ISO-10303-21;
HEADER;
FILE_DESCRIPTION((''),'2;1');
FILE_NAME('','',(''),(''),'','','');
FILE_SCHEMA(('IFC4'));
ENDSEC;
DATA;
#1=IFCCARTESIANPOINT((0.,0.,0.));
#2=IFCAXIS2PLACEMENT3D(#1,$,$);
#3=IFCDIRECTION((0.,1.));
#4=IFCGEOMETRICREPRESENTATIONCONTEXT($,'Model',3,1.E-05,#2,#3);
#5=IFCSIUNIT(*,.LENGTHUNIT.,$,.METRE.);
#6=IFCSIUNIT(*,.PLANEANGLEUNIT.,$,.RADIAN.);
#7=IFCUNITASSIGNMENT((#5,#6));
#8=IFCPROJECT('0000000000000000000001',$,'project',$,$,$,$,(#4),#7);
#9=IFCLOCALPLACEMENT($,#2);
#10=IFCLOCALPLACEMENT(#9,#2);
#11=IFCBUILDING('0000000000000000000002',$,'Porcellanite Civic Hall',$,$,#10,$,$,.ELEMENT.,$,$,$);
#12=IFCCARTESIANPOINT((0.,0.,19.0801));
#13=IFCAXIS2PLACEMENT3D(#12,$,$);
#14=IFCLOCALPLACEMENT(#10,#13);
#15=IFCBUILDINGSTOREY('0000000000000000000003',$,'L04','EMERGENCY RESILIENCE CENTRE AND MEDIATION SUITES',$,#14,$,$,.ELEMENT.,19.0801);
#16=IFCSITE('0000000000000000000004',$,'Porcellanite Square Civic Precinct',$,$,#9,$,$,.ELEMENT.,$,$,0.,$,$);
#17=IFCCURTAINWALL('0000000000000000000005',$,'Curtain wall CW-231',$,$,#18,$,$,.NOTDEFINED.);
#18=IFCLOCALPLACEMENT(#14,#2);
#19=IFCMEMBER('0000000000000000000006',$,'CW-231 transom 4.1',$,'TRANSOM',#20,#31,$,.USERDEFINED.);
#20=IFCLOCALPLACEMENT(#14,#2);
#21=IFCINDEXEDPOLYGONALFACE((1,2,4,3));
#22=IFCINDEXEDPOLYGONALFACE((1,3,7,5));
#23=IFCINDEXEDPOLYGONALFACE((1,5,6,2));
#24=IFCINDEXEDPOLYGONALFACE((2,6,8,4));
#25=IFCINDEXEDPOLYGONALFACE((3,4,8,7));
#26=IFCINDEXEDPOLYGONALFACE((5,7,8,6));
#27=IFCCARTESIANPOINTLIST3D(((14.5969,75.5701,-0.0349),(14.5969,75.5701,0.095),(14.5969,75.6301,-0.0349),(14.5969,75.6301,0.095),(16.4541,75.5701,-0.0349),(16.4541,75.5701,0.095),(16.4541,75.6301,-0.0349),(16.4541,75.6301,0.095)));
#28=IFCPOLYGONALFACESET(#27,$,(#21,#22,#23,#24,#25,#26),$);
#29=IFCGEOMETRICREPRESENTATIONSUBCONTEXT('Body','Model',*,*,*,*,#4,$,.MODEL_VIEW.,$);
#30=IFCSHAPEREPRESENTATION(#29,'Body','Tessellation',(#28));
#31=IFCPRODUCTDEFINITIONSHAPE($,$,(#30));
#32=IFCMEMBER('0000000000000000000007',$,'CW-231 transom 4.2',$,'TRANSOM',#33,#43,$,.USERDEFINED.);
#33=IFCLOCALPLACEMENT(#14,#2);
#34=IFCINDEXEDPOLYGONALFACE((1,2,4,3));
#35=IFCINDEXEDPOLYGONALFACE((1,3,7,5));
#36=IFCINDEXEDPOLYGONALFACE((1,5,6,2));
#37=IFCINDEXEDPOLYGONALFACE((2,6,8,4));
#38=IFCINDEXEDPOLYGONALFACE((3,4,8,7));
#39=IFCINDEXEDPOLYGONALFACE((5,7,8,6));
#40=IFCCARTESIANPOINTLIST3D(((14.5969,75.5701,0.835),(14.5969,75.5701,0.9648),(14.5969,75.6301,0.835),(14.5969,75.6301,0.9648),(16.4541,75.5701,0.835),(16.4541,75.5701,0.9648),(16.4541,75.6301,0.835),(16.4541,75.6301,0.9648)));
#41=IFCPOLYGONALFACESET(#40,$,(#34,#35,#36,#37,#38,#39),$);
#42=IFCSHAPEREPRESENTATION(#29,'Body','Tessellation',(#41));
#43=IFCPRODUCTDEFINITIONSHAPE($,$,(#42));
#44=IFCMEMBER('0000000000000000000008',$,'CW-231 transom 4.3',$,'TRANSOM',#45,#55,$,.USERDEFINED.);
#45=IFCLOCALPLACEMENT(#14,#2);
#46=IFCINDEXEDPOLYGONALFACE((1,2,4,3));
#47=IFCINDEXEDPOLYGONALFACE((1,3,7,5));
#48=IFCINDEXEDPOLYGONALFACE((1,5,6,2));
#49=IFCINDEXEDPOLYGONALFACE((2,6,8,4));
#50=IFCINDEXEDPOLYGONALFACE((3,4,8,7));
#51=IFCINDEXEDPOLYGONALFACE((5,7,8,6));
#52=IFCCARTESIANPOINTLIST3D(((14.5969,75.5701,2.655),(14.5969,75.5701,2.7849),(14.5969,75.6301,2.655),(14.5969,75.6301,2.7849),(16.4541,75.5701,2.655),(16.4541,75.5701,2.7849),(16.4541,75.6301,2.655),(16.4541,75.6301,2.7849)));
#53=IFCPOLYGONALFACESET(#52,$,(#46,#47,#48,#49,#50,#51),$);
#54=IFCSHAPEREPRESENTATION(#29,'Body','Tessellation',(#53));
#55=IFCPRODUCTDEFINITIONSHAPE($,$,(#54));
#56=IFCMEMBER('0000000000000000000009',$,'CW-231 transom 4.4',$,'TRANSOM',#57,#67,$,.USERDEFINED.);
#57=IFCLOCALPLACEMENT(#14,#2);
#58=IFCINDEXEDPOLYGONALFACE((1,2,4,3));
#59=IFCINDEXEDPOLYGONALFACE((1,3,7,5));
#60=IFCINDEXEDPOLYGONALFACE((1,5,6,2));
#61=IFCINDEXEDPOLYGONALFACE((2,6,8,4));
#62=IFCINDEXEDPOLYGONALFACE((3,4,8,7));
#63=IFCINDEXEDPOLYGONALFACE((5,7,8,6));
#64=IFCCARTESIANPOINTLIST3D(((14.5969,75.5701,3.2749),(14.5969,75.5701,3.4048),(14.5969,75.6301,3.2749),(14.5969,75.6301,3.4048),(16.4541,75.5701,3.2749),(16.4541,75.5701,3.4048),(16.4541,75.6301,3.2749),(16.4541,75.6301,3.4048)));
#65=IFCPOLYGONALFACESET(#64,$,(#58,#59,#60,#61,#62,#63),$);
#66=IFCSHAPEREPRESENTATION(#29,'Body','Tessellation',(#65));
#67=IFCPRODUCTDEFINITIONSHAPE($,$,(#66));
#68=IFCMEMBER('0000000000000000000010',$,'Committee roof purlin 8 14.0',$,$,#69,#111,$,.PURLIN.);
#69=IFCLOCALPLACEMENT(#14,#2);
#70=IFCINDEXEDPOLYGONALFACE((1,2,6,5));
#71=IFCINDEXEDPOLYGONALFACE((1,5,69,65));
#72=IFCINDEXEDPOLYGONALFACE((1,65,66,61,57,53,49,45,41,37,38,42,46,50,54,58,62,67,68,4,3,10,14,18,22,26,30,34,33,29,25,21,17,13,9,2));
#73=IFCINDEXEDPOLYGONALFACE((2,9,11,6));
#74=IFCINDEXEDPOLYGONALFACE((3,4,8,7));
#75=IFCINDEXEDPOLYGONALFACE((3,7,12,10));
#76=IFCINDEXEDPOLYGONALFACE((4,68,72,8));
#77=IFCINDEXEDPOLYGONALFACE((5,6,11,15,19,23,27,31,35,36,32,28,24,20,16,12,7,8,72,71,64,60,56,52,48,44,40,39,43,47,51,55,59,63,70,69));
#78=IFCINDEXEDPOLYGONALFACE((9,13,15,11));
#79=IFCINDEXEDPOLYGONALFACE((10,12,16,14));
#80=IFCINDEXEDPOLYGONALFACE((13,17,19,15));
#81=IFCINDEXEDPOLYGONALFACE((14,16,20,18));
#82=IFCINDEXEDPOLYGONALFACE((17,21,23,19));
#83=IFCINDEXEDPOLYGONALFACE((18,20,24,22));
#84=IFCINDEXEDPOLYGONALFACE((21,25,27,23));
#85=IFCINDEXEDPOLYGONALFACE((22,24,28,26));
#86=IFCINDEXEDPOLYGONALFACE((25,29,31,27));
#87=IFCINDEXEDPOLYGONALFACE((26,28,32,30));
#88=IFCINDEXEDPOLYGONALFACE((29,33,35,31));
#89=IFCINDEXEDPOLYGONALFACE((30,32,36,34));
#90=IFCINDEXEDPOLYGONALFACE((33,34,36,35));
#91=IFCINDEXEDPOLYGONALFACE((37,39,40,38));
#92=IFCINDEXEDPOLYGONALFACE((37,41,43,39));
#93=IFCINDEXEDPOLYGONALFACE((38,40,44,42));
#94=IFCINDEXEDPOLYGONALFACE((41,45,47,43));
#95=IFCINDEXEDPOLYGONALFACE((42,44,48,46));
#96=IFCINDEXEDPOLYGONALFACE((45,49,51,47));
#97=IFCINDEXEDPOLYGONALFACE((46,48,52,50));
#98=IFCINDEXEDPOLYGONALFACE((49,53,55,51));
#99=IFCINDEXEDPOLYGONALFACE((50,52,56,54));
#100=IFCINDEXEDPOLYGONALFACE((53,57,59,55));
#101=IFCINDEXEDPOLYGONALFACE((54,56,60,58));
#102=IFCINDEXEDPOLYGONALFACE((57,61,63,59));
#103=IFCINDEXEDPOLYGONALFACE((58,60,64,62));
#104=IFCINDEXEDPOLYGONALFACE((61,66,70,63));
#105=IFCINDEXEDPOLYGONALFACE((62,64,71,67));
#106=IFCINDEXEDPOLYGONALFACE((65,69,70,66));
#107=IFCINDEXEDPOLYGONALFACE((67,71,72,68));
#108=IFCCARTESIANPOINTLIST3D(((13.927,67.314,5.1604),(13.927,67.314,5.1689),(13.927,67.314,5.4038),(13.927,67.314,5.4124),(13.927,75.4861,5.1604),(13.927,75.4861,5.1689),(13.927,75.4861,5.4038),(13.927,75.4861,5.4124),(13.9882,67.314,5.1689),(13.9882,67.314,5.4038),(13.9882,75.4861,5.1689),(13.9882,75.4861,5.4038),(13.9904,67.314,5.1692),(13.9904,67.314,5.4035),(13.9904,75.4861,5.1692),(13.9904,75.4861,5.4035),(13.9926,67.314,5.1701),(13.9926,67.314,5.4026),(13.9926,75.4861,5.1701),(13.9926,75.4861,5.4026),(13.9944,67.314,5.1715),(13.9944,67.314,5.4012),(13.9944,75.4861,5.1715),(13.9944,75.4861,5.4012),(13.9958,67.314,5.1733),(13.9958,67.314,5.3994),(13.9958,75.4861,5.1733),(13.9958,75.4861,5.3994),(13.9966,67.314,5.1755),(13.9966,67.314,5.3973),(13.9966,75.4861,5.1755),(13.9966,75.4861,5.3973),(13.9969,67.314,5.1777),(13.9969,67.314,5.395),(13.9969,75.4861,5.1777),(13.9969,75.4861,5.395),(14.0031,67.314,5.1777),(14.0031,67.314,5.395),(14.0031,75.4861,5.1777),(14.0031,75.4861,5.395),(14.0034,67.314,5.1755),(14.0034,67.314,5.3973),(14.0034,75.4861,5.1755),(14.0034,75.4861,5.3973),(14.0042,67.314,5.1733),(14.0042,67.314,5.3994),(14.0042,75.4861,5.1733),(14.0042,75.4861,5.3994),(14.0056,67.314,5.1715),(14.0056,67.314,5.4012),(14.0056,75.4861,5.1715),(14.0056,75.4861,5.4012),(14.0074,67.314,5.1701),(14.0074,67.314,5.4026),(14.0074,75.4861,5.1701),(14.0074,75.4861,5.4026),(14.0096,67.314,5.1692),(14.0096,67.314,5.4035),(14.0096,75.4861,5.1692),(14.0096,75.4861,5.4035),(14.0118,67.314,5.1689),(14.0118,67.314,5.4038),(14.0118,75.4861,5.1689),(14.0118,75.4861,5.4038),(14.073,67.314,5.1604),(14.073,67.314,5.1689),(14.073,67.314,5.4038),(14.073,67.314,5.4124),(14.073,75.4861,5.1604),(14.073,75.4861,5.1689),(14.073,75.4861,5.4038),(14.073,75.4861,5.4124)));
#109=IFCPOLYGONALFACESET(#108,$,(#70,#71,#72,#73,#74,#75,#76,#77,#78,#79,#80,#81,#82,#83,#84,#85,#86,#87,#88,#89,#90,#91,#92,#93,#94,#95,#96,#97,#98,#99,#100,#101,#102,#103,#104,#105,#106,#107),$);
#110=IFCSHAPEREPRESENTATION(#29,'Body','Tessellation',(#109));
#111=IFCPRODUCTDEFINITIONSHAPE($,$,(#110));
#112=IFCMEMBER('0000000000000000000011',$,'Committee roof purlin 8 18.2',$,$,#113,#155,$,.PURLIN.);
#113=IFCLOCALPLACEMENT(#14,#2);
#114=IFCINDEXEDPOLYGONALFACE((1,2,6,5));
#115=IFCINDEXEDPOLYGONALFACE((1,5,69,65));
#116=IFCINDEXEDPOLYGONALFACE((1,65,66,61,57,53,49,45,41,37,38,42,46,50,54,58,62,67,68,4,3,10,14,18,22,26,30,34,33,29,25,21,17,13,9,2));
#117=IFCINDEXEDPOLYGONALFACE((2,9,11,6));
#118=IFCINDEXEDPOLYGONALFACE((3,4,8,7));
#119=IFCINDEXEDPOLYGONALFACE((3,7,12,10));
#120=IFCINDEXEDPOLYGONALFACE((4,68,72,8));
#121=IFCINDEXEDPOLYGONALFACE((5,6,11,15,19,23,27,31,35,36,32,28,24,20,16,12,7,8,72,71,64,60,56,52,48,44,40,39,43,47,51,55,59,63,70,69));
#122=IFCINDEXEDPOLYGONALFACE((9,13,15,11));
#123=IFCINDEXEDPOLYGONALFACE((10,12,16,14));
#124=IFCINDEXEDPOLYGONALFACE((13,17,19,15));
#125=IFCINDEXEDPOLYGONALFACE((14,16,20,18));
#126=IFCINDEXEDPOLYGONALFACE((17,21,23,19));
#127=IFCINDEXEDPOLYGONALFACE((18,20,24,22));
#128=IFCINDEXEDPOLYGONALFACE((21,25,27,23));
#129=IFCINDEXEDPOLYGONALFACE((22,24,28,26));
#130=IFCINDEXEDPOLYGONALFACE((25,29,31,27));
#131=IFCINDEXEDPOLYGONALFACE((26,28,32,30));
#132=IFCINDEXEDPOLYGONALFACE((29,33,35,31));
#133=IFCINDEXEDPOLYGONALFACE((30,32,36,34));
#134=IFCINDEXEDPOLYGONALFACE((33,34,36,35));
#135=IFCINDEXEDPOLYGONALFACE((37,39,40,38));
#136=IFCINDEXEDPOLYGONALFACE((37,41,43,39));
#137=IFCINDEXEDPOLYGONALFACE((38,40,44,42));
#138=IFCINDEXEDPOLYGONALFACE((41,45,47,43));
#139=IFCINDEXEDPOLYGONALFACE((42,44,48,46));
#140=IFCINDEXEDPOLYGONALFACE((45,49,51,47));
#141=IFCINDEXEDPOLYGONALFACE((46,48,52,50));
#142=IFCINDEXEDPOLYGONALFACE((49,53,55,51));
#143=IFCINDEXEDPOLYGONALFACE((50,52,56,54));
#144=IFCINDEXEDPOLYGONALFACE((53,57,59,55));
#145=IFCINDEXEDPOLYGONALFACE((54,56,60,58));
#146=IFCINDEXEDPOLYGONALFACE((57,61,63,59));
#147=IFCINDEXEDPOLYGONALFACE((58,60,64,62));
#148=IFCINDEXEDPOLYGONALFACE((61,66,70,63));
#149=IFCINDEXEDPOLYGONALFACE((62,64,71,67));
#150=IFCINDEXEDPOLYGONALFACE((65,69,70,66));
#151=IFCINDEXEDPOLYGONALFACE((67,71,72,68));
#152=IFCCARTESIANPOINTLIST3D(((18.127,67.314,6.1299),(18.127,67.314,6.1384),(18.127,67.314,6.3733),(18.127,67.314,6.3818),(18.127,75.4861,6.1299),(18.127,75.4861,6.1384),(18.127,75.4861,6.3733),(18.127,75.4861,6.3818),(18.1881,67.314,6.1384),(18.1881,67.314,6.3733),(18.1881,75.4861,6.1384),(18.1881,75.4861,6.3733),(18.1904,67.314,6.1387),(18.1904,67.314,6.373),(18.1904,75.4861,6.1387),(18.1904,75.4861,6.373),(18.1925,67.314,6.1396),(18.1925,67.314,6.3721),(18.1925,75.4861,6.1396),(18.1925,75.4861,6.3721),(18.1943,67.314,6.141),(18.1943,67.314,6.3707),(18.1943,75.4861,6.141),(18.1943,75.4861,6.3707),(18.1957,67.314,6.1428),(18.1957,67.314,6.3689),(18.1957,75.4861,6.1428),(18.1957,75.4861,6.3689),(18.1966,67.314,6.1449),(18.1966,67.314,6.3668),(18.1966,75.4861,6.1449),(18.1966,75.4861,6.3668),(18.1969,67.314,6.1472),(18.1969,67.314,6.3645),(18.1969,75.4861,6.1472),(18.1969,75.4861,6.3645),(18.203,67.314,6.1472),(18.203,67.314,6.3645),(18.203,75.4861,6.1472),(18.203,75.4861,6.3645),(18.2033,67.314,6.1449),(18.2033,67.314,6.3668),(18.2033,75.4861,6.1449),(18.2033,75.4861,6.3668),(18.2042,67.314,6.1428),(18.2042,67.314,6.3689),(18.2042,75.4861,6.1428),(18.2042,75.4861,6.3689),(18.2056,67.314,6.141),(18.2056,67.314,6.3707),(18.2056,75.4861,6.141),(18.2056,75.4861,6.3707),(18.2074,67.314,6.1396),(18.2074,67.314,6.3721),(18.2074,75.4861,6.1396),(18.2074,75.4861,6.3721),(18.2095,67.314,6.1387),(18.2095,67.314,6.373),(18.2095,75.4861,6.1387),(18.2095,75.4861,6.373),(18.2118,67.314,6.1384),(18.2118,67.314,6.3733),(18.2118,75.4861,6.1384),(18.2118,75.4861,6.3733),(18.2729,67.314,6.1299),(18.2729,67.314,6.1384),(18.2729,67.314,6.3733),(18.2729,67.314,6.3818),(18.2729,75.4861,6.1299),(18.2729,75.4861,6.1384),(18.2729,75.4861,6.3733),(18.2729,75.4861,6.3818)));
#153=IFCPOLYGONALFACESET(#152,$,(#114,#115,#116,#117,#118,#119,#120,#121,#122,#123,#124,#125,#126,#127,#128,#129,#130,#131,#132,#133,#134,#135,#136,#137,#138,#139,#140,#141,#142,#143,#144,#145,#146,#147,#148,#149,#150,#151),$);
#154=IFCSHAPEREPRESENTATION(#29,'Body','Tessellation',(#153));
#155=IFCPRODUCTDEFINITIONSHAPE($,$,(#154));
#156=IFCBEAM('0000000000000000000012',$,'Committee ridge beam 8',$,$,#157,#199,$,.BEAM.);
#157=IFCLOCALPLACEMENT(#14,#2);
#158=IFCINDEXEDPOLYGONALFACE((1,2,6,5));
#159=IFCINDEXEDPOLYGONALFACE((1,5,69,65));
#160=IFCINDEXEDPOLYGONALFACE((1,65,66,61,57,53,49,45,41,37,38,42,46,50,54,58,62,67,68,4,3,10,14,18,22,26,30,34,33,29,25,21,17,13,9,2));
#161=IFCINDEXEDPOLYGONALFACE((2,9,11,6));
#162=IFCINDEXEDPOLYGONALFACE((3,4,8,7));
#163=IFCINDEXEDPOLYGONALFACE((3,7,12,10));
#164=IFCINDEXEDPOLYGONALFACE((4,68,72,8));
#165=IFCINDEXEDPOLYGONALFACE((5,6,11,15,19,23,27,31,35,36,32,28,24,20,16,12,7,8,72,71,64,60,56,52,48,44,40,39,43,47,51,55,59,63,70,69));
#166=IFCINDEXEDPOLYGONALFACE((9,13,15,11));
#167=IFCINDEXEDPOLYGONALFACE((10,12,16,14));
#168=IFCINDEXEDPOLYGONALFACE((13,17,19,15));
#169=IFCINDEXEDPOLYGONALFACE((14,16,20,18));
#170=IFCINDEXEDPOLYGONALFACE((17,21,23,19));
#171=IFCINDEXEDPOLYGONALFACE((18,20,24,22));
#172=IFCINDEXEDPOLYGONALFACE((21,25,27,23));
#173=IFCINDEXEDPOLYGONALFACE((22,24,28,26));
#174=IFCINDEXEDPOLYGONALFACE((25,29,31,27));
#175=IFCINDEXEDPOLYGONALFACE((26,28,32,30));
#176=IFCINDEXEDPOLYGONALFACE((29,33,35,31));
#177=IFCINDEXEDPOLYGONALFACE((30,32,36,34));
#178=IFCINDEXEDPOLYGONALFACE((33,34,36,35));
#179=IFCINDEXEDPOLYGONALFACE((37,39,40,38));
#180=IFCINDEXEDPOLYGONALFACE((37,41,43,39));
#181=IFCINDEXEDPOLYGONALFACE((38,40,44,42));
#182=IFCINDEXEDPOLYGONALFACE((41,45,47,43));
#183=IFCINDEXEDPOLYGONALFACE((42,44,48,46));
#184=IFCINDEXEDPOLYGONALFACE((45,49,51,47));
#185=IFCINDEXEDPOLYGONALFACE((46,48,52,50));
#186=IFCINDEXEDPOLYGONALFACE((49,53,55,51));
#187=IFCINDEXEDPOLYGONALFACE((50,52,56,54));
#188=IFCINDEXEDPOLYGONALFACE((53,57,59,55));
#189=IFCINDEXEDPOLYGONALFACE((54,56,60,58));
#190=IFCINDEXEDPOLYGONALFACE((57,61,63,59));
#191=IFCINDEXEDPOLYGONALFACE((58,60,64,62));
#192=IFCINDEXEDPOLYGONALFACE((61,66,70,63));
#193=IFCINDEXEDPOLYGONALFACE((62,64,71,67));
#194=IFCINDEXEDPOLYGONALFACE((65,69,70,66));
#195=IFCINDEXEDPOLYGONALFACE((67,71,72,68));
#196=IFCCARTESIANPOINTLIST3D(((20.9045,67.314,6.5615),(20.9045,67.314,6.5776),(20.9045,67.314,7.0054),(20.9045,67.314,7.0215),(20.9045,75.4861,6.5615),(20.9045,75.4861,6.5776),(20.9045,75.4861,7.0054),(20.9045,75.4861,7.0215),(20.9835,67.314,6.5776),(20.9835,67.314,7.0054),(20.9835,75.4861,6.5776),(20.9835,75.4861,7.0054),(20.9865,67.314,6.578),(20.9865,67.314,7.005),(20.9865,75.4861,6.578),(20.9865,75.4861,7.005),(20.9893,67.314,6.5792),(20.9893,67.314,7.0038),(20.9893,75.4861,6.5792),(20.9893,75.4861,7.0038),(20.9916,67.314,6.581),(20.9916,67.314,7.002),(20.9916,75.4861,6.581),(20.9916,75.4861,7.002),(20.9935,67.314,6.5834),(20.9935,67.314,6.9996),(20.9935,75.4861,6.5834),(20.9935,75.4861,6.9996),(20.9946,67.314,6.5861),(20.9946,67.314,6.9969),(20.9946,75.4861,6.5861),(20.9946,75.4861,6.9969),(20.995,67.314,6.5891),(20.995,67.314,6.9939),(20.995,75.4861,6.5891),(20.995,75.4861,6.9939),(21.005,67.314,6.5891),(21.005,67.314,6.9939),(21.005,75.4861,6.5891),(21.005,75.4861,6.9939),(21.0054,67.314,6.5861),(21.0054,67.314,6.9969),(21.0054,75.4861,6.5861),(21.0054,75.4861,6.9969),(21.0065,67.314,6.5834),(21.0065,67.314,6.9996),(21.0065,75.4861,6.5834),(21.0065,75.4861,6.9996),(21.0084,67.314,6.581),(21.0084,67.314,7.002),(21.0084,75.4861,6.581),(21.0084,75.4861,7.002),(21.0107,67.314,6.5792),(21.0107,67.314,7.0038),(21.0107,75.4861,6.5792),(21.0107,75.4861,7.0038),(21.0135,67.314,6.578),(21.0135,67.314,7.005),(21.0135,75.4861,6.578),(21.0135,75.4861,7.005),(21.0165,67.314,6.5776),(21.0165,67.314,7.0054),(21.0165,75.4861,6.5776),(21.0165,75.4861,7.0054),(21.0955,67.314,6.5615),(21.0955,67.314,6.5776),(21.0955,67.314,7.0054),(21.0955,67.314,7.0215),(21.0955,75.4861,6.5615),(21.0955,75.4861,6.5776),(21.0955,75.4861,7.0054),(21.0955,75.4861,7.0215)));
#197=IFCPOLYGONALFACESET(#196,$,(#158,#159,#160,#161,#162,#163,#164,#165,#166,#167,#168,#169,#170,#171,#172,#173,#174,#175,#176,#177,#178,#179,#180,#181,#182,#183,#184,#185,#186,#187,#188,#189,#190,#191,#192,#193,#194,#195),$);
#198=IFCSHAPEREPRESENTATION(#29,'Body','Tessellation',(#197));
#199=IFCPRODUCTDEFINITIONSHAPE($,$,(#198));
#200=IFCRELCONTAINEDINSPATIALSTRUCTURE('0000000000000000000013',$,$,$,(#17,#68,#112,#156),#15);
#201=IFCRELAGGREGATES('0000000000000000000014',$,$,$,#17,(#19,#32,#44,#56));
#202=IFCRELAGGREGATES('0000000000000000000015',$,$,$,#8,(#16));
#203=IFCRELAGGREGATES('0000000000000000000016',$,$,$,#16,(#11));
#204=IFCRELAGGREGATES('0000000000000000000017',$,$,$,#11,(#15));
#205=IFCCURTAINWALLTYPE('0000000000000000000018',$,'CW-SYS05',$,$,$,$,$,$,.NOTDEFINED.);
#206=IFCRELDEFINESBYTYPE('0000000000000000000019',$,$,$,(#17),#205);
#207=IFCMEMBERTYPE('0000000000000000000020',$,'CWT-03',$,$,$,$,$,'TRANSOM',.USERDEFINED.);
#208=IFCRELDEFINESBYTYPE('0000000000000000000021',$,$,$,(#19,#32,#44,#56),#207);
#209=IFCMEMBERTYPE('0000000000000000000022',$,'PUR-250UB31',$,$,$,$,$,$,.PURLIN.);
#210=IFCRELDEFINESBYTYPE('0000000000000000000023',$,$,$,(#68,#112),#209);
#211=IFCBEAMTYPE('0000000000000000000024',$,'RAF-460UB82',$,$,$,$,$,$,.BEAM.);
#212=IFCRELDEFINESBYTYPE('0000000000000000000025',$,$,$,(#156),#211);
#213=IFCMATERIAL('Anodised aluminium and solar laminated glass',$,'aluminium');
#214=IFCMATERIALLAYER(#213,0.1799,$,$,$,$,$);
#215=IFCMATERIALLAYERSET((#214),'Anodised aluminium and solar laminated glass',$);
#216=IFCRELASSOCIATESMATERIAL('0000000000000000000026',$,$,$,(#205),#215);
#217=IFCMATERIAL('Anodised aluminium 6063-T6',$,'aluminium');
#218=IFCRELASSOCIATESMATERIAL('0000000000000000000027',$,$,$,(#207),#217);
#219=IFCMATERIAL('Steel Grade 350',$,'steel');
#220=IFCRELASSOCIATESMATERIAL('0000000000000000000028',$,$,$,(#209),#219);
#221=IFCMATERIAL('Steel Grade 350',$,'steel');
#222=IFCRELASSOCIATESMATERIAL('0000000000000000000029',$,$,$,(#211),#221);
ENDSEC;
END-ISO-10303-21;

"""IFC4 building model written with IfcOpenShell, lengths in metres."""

from ifc_helpers import new_model, si_unit, direction, frame, origin, origin_2d, place, context, subcontext, project, spatial, rectangle, i_section, extrude, material, layer, layer_set, material_profile, profile_set, type_object, element, aggregate, save


model = new_model("IFC4")

# Units and contexts
model_context = context("Model", 3, precision=1e-05, world=origin(), true_north=direction((0.0, 1.0)))
body_context = subcontext(model_context, "Body", "Model", "MODEL_VIEW")
ifc_project = project(units=[si_unit("LENGTHUNIT", "METRE"), si_unit("PLANEANGLEUNIT", "RADIAN")], contexts=[model_context])

# Site, building, storey
site_placement = place(None, origin())
site = spatial("IfcSite", under=ifc_project, at=site_placement, Name="Porcellanite Square Civic Precinct", CompositionType="ELEMENT", RefElevation=0.0)
building_placement = place(site_placement, origin())
building = spatial("IfcBuilding", under=site, at=building_placement, Name="Porcellanite Civic Hall", CompositionType="ELEMENT")
storey_placement = place(building_placement, frame((0.0, 0.0, 19.0801)))
storey = spatial("IfcBuildingStorey", under=building, at=storey_placement, Name="L04", Description="EMERGENCY RESILIENCE CENTRE AND MEDIATION SUITES", CompositionType="ELEMENT", Elevation=19.0801)

# Curtain wall, members
ifc_material_1 = material(Name="Anodised aluminium and solar laminated glass", Category="aluminium")
ifc_layer_1 = layer(ifc_material_1, 0.1799)
ifc_layer_set_1 = layer_set([ifc_layer_1], Name="Anodised aluminium and solar laminated glass")
curtain_wall_type = type_object("IfcCurtainWallType", Name="CW-SYS05", PredefinedType="NOTDEFINED", material=ifc_layer_set_1)
curtain_wall_placement = place(storey_placement, origin())
curtain_wall = element("IfcCurtainWall", 1, at=curtain_wall_placement, inside=storey, type_object=curtain_wall_type, Name="Curtain wall CW-231", PredefinedType="NOTDEFINED")
ifc_material_2 = material(Name="Anodised aluminium 6063-T6", Category="aluminium")
ifc_material_profile_1 = material_profile(ifc_material_2, rectangle(XDim=0.0601, YDim=0.1299, at=origin_2d()), Name="AL-60x130")
ifc_profile_set_1 = profile_set([ifc_material_profile_1], Name="Anodised aluminium 6063-T6")
member_type_1 = type_object("IfcMemberType", Name="CWT-03", ElementType="TRANSOM", PredefinedType="USERDEFINED", material=ifc_profile_set_1)
member_1_placement = place(storey_placement, frame((14.5969, 75.6001, 0.03), z_axis=(1.0, 0.0, 0.0), x_axis=(0.0, 1.0, 0.0)))
member_1 = element("IfcMember", 2, at=member_1_placement, type_object=member_type_1, Name="CW-231 transom 4.1", ObjectType="TRANSOM", PredefinedType="USERDEFINED", context=body_context, shape_type="SweptSolid", body=[
    extrude(rectangle(XDim=0.0601, YDim=0.1299, at=origin_2d()), origin(), (0.0, 0.0, 1.0), 1.8572),
])
member_2_placement = place(storey_placement, frame((14.5969, 75.6001, 0.8999), z_axis=(1.0, 0.0, 0.0), x_axis=(0.0, 1.0, 0.0)))
member_2 = element("IfcMember", 3, at=member_2_placement, type_object=member_type_1, Name="CW-231 transom 4.2", ObjectType="TRANSOM", PredefinedType="USERDEFINED", context=body_context, shape_type="SweptSolid", body=[
    extrude(rectangle(XDim=0.0601, YDim=0.1299, at=origin_2d()), origin(), (0.0, 0.0, 1.0), 1.8572),
])
member_3_placement = place(storey_placement, frame((14.5969, 75.6001, 2.72), z_axis=(1.0, 0.0, 0.0), x_axis=(0.0, 1.0, 0.0)))
member_3 = element("IfcMember", 4, at=member_3_placement, type_object=member_type_1, Name="CW-231 transom 4.3", ObjectType="TRANSOM", PredefinedType="USERDEFINED", context=body_context, shape_type="SweptSolid", body=[
    extrude(rectangle(XDim=0.0601, YDim=0.1299, at=origin_2d()), origin(), (0.0, 0.0, 1.0), 1.8572),
])
member_4_placement = place(storey_placement, frame((14.5969, 75.6001, 3.3398), z_axis=(1.0, 0.0, 0.0), x_axis=(0.0, 1.0, 0.0)))
member_4 = element("IfcMember", 5, at=member_4_placement, type_object=member_type_1, Name="CW-231 transom 4.4", ObjectType="TRANSOM", PredefinedType="USERDEFINED", context=body_context, shape_type="SweptSolid", body=[
    extrude(rectangle(XDim=0.0601, YDim=0.1299, at=origin_2d()), origin(), (0.0, 0.0, 1.0), 1.8572),
])

# Members
ifc_material_3 = material(Name="Steel Grade 350", Category="steel")
ifc_material_profile_2 = material_profile(ifc_material_3, i_section(OverallWidth=0.146, OverallDepth=0.252, WebThickness=0.0061, FlangeThickness=0.0085, FilletRadius=0.0088, at=origin_2d()), Name="250UB31.4")
ifc_profile_set_2 = profile_set([ifc_material_profile_2], Name="Steel Grade 350")
member_type_2 = type_object("IfcMemberType", Name="PUR-250UB31", PredefinedType="PURLIN", material=ifc_profile_set_2)
for number, where, z_axis, x_axis, name in (
    (6, (14.0, 67.314, 5.2864), (0.0, 1.0, 0.0), (-1.0, 0.0, 0.0), "Committee roof purlin 8 14.0"),
    (7, (18.2, 67.314, 6.2559), (0.0, 1.0, 0.0), (-1.0, 0.0, 0.0), "Committee roof purlin 8 18.2"),
):
    element("IfcMember", number, at=place(storey_placement, frame(where, z_axis=z_axis, x_axis=x_axis)), inside=storey, type_object=member_type_2, Name=name, PredefinedType="PURLIN", context=body_context, shape_type="SweptSolid", body=[
        extrude(i_section(OverallWidth=0.146, OverallDepth=0.252, WebThickness=0.0061, FlangeThickness=0.0085, FilletRadius=0.0088, at=origin_2d()), origin(), (0.0, 0.0, 1.0), 8.1721),
    ])

# Beam
ifc_material_4 = material(Name="Steel Grade 350", Category="steel")
ifc_material_profile_3 = material_profile(ifc_material_4, i_section(OverallWidth=0.1909, OverallDepth=0.46, WebThickness=0.01, FlangeThickness=0.0161, FilletRadius=0.0115, at=origin_2d()), Name="460UB82.1")
ifc_profile_set_3 = profile_set([ifc_material_profile_3], Name="Steel Grade 350")
beam_type_1 = type_object("IfcBeamType", Name="RAF-460UB82", PredefinedType="BEAM", material=ifc_profile_set_3)
beam_placement = place(storey_placement, frame((21.0, 67.314, 6.7915), z_axis=(0.0, 1.0, 0.0), x_axis=(-1.0, 0.0, 0.0)))
element("IfcBeam", 8, at=beam_placement, inside=storey, type_object=beam_type_1, Name="Committee ridge beam 8", PredefinedType="BEAM", context=body_context, shape_type="SweptSolid", body=[
    extrude(i_section(OverallWidth=0.1909, OverallDepth=0.46, WebThickness=0.01, FlangeThickness=0.0161, FilletRadius=0.0115, at=origin_2d()), origin(), (0.0, 0.0, 1.0), 8.1721),
])

aggregate(curtain_wall, [member_1, member_2, member_3, member_4])

save(model, "model.ifc")
